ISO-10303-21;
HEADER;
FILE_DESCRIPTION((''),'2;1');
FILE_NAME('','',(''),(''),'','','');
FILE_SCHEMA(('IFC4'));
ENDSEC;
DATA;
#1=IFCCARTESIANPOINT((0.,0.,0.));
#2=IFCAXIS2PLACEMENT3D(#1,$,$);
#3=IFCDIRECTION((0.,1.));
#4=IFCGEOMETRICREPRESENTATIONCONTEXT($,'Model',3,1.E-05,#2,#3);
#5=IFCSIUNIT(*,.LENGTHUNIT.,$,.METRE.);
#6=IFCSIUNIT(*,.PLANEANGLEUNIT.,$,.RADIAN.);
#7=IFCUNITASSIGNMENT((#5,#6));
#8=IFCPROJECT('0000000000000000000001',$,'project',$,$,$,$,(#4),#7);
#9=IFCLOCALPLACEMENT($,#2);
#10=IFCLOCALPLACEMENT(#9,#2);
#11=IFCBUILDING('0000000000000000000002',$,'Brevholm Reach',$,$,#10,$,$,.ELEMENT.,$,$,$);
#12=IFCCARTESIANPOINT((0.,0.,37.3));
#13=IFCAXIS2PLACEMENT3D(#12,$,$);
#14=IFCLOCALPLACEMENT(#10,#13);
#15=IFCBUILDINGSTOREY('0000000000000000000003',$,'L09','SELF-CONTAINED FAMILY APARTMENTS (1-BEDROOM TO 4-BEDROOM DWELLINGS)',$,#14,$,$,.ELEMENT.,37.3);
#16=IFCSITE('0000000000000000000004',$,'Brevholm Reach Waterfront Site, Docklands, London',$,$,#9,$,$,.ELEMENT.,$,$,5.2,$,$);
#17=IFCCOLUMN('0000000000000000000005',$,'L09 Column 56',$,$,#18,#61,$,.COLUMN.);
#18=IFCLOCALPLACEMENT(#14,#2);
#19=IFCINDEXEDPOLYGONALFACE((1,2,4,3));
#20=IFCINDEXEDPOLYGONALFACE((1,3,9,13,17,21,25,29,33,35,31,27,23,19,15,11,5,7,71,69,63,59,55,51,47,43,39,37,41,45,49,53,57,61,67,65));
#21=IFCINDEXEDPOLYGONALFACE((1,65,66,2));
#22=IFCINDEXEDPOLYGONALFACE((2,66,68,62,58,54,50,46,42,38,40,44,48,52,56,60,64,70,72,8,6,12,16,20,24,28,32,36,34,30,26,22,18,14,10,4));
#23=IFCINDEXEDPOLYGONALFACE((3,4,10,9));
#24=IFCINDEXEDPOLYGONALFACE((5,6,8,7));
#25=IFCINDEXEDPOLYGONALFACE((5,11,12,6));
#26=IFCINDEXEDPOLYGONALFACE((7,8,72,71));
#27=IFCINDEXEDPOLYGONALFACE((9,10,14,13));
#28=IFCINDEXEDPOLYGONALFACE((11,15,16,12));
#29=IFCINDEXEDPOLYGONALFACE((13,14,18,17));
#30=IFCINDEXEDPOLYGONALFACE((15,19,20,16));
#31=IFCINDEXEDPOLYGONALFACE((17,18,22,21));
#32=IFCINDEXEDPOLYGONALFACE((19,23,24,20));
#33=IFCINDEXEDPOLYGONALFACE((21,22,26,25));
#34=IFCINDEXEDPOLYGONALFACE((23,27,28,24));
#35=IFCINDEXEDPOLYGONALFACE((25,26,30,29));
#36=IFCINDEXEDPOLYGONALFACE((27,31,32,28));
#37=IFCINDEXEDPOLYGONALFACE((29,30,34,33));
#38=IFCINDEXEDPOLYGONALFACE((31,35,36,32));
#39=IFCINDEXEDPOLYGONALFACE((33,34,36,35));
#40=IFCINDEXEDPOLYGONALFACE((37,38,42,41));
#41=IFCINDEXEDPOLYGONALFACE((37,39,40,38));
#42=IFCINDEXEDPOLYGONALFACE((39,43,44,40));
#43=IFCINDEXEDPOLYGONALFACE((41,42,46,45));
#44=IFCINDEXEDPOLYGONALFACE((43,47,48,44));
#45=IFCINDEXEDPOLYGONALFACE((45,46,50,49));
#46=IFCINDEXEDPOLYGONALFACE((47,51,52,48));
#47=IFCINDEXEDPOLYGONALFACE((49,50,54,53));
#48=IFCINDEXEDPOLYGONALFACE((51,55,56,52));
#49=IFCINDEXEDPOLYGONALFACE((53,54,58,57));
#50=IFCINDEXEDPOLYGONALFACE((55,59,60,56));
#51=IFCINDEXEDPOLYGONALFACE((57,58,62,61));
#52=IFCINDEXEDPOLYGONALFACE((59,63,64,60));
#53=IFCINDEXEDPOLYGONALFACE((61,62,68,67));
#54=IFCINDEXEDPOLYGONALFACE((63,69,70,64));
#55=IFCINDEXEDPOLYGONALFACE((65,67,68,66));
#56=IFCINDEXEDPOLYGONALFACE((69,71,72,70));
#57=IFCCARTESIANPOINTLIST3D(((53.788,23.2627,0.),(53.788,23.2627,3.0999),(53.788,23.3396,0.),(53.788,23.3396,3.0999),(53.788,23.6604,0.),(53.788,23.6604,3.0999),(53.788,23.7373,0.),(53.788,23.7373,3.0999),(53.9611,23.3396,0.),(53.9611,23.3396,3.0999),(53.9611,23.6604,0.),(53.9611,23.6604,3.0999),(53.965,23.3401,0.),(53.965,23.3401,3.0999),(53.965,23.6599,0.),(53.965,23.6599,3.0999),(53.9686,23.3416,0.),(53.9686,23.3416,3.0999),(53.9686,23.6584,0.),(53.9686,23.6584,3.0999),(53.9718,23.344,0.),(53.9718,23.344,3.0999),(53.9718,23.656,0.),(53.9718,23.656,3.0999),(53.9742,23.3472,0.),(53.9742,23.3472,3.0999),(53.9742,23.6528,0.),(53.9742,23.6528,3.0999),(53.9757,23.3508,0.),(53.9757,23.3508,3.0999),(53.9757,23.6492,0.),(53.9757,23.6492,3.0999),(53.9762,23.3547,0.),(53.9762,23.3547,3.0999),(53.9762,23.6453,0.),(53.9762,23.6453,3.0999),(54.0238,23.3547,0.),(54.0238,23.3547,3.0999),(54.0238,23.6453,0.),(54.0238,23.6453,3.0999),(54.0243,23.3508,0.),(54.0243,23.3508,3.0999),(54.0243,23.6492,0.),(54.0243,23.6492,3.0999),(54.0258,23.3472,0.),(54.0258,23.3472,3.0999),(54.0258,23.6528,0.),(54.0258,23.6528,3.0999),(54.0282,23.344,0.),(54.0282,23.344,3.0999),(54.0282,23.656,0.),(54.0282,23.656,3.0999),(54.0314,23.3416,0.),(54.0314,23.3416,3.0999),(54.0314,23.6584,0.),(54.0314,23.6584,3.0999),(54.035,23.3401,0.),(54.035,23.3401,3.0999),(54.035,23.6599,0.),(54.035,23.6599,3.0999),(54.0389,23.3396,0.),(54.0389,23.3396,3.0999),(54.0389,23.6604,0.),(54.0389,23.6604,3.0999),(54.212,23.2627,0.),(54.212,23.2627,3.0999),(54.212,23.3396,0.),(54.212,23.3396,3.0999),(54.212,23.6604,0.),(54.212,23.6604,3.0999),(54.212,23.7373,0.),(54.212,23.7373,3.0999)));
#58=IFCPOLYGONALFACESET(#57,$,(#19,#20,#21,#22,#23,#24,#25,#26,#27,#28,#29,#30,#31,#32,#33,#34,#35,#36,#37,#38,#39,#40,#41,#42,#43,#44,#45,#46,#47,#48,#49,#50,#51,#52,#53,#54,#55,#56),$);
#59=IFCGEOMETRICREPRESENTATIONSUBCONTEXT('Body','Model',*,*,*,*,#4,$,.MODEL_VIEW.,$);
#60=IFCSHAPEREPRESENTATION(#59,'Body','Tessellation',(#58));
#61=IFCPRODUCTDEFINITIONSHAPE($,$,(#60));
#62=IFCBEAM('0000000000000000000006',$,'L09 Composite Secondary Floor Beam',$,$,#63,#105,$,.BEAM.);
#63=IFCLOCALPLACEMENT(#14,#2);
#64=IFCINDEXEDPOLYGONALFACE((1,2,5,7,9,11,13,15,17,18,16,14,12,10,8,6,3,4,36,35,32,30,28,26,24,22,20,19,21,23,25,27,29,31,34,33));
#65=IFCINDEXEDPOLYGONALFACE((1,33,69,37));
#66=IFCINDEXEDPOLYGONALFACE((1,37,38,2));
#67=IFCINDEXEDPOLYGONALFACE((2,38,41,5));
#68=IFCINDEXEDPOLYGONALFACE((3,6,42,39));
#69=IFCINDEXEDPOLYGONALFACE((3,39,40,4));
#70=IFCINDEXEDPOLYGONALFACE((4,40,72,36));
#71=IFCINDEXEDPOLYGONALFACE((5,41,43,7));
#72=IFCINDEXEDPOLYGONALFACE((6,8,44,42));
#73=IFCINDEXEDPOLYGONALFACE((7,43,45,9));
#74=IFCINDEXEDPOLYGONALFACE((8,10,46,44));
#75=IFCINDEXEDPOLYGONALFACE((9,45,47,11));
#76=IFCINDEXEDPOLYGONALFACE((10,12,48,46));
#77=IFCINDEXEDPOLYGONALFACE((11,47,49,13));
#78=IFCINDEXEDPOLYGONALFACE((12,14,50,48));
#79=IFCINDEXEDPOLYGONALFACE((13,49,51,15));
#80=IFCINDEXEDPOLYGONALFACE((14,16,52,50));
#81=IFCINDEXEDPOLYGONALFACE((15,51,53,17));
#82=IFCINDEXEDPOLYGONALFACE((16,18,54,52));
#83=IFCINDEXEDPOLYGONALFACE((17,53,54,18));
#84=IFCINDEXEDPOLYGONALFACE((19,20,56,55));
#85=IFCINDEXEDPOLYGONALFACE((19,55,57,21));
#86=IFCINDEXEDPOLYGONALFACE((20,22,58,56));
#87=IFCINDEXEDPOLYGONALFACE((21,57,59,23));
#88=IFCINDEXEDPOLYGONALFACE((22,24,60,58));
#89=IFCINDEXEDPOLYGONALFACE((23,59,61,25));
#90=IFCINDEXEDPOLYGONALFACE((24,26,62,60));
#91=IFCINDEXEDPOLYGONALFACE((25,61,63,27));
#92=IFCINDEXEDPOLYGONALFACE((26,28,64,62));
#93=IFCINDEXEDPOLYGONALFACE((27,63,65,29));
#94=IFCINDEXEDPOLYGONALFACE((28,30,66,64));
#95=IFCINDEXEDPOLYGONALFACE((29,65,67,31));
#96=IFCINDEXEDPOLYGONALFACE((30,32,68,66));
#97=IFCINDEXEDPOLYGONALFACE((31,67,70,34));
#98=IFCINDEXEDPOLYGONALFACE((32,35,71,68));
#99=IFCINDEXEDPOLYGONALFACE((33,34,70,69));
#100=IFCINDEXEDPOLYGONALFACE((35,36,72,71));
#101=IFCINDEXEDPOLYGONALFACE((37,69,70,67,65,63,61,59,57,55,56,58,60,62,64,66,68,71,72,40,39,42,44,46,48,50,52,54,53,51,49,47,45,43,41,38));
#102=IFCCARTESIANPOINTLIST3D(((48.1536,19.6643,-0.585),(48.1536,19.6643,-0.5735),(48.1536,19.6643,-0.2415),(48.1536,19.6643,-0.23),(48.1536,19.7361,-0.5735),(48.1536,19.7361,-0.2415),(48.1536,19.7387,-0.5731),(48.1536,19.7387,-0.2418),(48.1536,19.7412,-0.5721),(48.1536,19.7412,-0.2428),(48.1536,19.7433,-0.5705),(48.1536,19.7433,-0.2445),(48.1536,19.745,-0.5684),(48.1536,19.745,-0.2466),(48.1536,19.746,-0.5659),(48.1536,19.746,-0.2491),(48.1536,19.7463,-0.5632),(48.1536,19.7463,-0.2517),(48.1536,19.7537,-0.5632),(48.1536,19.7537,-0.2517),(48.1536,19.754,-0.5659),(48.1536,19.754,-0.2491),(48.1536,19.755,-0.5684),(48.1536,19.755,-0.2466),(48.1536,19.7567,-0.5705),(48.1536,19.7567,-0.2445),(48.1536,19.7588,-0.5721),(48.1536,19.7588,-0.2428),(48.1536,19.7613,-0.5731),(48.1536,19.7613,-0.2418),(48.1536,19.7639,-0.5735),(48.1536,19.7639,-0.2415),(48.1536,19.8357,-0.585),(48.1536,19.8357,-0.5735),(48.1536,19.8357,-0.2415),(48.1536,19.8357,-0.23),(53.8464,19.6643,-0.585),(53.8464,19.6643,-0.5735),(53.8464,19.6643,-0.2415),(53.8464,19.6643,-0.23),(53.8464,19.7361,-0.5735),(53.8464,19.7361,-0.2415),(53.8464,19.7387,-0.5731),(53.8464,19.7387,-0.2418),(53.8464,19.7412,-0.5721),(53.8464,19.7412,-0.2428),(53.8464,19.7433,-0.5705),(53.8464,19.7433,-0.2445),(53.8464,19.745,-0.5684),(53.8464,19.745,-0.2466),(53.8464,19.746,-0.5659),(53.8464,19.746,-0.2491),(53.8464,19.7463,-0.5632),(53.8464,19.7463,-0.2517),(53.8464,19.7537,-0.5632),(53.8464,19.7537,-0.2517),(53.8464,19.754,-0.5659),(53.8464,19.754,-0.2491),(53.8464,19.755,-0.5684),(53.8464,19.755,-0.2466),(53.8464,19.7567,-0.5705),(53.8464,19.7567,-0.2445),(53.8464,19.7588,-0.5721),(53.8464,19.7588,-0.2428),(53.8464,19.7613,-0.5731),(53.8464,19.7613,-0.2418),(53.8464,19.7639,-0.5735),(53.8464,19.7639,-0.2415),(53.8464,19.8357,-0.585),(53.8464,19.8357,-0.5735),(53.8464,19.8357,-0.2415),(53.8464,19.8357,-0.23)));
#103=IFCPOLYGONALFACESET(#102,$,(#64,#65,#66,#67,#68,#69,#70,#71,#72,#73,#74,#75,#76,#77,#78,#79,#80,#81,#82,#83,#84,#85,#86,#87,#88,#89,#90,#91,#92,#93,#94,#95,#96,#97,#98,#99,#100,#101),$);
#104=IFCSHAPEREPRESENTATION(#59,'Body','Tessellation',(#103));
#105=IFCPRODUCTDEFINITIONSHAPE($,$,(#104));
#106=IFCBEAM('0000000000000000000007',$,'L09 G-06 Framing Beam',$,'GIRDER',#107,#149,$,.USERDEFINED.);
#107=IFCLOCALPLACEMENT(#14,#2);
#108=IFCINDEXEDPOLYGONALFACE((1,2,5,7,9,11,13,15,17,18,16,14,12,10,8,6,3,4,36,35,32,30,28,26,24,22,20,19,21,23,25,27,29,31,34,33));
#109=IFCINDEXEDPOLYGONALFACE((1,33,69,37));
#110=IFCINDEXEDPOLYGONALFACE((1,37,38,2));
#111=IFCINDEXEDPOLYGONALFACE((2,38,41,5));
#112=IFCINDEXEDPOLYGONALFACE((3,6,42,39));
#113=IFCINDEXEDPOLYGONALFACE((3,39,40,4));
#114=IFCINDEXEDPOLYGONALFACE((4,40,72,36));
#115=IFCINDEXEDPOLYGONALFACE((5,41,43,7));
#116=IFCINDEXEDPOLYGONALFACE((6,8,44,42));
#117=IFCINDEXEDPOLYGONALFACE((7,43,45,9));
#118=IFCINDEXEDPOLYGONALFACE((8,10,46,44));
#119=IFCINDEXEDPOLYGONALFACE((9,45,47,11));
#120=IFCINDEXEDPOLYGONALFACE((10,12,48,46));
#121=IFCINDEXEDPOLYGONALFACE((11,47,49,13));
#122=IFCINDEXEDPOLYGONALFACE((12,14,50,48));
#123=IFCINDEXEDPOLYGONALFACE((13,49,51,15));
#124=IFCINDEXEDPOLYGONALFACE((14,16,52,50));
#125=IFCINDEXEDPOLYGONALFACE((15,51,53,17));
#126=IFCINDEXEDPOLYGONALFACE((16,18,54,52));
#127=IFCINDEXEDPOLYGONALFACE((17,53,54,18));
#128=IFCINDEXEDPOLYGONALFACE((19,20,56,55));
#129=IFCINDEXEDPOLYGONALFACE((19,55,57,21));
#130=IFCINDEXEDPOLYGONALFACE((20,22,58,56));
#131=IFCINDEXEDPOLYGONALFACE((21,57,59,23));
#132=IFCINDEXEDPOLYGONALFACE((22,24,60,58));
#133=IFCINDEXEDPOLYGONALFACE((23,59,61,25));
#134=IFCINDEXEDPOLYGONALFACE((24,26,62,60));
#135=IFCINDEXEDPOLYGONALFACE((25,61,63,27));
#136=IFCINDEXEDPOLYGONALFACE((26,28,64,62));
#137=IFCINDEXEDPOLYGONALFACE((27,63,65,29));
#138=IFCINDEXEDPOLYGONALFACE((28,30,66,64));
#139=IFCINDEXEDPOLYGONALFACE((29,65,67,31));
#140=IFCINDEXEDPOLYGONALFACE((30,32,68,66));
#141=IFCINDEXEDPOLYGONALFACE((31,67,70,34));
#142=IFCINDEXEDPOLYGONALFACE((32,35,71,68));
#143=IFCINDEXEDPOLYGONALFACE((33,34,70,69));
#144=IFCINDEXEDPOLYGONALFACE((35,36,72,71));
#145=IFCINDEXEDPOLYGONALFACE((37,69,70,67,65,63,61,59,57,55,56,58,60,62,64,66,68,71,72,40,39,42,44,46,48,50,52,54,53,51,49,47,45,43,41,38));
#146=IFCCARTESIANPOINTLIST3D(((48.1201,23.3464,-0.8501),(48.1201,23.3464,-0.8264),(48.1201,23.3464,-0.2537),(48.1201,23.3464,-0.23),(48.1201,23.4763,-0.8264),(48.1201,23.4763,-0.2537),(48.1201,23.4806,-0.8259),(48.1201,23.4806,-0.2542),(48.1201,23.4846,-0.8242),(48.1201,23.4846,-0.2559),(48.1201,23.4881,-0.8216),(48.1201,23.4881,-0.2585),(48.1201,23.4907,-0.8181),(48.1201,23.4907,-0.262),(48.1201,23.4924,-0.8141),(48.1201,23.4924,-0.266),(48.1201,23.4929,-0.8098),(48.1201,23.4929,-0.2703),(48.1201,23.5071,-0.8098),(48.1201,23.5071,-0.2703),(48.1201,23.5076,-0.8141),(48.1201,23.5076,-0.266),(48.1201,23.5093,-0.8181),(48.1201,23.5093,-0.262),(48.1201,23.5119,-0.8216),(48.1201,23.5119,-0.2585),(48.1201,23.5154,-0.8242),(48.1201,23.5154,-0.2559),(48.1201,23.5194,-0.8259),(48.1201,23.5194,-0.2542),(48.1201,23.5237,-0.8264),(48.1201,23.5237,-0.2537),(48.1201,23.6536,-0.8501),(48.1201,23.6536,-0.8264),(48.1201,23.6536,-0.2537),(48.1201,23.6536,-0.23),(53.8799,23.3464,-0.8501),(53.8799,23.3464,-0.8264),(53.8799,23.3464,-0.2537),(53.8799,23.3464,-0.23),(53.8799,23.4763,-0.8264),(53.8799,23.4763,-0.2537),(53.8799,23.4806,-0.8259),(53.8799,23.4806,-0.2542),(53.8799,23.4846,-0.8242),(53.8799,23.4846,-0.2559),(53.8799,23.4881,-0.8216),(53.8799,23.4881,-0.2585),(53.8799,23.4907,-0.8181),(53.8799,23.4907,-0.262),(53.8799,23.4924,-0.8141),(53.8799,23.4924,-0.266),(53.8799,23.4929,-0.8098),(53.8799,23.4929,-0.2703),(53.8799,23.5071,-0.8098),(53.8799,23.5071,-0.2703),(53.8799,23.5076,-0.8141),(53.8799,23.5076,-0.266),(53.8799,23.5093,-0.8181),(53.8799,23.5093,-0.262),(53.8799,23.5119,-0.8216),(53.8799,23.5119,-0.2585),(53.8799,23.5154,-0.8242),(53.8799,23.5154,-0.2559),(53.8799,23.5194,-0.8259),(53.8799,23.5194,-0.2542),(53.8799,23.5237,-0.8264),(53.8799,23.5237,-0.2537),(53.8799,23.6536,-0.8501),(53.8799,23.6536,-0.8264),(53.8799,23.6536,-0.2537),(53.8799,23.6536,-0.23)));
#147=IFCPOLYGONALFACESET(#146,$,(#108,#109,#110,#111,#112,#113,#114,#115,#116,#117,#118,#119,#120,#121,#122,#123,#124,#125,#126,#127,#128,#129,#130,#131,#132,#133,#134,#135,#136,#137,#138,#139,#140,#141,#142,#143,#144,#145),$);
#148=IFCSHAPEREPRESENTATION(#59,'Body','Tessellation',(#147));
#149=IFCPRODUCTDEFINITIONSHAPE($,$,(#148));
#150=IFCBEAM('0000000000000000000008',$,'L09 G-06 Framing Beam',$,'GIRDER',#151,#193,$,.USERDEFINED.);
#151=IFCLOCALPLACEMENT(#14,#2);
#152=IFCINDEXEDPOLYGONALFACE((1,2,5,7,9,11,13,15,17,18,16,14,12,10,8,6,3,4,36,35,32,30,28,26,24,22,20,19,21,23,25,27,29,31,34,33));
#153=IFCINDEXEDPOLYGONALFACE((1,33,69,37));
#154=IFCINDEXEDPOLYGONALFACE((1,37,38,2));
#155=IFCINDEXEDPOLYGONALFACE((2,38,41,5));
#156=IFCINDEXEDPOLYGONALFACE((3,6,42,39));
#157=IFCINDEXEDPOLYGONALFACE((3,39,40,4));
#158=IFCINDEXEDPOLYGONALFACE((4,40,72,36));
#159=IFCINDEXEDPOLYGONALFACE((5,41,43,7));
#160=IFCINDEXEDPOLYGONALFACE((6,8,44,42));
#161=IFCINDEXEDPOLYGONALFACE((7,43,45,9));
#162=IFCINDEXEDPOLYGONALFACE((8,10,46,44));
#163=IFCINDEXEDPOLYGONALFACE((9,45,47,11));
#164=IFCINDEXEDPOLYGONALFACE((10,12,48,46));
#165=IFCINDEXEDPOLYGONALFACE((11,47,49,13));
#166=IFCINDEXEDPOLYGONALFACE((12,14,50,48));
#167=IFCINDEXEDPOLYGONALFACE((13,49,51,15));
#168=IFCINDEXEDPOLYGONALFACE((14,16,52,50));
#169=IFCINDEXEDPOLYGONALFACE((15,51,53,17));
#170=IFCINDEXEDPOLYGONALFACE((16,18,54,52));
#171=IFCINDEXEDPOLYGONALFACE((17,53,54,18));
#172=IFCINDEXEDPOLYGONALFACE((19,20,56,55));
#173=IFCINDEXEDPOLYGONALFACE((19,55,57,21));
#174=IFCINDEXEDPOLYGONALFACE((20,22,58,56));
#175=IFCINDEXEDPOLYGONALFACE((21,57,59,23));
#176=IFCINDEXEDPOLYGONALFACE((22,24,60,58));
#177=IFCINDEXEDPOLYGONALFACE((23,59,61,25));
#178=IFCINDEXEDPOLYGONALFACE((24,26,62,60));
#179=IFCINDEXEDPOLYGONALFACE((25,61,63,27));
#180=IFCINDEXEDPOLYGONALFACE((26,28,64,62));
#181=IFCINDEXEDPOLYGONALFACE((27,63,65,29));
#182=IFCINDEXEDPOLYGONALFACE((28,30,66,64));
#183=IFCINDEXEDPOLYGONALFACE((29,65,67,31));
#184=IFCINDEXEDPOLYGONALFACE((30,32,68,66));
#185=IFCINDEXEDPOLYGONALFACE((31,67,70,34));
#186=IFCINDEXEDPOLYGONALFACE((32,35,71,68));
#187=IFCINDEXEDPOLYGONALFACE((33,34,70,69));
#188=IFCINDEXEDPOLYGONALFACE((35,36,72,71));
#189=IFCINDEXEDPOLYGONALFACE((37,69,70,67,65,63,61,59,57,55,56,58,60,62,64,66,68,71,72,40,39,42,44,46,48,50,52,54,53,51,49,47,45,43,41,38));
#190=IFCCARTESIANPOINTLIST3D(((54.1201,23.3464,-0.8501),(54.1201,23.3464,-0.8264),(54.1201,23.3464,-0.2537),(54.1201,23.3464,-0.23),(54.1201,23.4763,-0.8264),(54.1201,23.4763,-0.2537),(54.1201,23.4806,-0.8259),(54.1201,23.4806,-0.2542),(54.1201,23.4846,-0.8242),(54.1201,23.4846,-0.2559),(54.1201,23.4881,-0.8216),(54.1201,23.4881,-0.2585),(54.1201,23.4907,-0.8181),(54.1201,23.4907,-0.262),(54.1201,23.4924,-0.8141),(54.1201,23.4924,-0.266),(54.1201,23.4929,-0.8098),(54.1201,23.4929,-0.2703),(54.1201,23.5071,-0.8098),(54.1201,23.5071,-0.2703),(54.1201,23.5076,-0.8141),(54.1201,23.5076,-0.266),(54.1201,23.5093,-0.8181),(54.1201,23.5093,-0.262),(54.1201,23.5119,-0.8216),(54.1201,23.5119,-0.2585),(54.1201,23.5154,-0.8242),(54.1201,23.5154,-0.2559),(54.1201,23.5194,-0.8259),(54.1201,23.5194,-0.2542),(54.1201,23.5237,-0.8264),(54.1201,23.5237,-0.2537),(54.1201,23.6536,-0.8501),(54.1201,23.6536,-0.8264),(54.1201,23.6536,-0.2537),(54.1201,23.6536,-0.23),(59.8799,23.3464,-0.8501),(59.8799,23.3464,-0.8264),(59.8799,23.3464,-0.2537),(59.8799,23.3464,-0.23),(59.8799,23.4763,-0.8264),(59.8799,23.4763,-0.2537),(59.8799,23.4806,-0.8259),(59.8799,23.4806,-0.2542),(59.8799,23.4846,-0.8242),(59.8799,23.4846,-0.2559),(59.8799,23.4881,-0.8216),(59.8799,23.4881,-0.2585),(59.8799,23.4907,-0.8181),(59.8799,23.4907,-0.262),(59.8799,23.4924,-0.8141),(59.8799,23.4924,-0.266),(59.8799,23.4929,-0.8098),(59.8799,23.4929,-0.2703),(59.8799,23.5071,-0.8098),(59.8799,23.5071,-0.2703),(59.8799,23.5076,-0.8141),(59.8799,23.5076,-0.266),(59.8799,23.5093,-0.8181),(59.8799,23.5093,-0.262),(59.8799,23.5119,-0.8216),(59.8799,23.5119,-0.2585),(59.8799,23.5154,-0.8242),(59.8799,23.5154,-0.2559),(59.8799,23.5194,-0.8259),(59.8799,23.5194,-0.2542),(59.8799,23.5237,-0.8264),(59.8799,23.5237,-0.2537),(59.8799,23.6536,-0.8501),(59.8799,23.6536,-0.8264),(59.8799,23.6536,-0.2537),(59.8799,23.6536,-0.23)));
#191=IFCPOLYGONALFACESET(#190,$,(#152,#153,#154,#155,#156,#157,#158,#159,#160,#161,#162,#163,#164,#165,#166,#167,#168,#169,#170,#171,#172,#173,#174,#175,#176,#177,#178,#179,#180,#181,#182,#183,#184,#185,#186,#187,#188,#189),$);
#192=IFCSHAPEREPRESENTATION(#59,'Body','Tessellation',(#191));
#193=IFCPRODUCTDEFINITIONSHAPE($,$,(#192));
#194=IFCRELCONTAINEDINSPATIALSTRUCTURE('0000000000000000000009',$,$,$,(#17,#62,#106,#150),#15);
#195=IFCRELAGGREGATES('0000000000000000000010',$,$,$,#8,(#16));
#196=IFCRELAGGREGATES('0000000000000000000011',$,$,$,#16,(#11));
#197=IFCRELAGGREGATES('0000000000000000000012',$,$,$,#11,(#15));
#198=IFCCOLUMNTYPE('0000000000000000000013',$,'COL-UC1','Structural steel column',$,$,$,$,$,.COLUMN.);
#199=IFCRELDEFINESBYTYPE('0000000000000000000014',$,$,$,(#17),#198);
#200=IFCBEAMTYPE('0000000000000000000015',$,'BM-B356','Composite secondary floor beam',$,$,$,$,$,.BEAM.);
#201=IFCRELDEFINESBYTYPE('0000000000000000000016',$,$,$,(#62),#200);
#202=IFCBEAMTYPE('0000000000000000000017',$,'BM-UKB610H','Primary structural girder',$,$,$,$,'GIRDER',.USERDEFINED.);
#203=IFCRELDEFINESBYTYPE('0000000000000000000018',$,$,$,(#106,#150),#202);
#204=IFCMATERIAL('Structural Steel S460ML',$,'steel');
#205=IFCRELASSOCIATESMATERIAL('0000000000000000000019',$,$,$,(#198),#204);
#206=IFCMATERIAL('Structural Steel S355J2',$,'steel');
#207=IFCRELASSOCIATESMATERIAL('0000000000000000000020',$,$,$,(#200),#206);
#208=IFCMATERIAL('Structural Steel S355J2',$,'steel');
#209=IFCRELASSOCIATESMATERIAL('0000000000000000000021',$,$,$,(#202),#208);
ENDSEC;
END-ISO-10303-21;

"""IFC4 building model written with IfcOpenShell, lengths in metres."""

from ifc_helpers import new_model, si_unit, direction, frame, origin, origin_2d, place, context, subcontext, project, spatial, i_section, extrude, material, material_profile, profile_set, type_object, element, save


model = new_model("IFC4")

# Units and contexts
model_context = context("Model", 3, precision=1e-05, world=origin(), true_north=direction((0.0, 1.0)))
body_context = subcontext(model_context, "Body", "Model", "MODEL_VIEW")
ifc_project = project(units=[si_unit("LENGTHUNIT", "METRE"), si_unit("PLANEANGLEUNIT", "RADIAN")], contexts=[model_context])

# Site, building, storey
site_placement = place(None, origin())
site = spatial("IfcSite", under=ifc_project, at=site_placement, Name="Brevholm Reach Waterfront Site, Docklands, London", CompositionType="ELEMENT", RefElevation=5.2)
building_placement = place(site_placement, origin())
building = spatial("IfcBuilding", under=site, at=building_placement, Name="Brevholm Reach", CompositionType="ELEMENT")
storey_placement = place(building_placement, frame((0.0, 0.0, 37.3)))
storey = spatial("IfcBuildingStorey", under=building, at=storey_placement, Name="L09", Description="SELF-CONTAINED FAMILY APARTMENTS (1-BEDROOM TO 4-BEDROOM DWELLINGS)", CompositionType="ELEMENT", Elevation=37.3)

# Column
ifc_material_1 = material(Name="Structural Steel S460ML", Category="steel")
ifc_material_profile_1 = material_profile(ifc_material_1, i_section(OverallWidth=0.4241, OverallDepth=0.4746, WebThickness=0.0476, FlangeThickness=0.0769, FilletRadius=0.0151, at=origin_2d()), Name="UKC 356x406x634")
ifc_profile_set_1 = profile_set([ifc_material_profile_1], Name="Structural Steel S460ML")
column_type = type_object("IfcColumnType", Name="COL-UC1", Description="Structural steel column", PredefinedType="COLUMN", material=ifc_profile_set_1)
column_placement = place(storey_placement, frame((54.0, 23.5, 0.0), z_axis=(0.0, 0.0, 1.0), x_axis=(1.0, 0.0, 0.0)))
element("IfcColumn", 1, at=column_placement, inside=storey, type_object=column_type, Name="L09 Column 56", PredefinedType="COLUMN", context=body_context, shape_type="SweptSolid", body=[
    extrude(i_section(OverallWidth=0.4241, OverallDepth=0.4746, WebThickness=0.0476, FlangeThickness=0.0769, FilletRadius=0.0151, at=origin_2d()), origin(), (0.0, 0.0, 1.0), 3.0999),
])

# Beams
ifc_material_2 = material(Name="Structural Steel S355J2", Category="steel")
ifc_material_profile_2 = material_profile(ifc_material_2, i_section(OverallWidth=0.1714, OverallDepth=0.355, WebThickness=0.0073, FlangeThickness=0.0115, FilletRadius=0.0103, at=origin_2d()), Name="UKB 356x171x51")
ifc_profile_set_2 = profile_set([ifc_material_profile_2], Name="Structural Steel S355J2")
beam_type_1 = type_object("IfcBeamType", Name="BM-B356", Description="Composite secondary floor beam", PredefinedType="BEAM", material=ifc_profile_set_2)
beam_1_placement = place(storey_placement, frame((48.1536, 19.75, -0.4075), z_axis=(1.0, 0.0, 0.0), x_axis=(0.0, 1.0, 0.0)))
element("IfcBeam", 2, at=beam_1_placement, inside=storey, type_object=beam_type_1, Name="L09 Composite Secondary Floor Beam", PredefinedType="BEAM", context=body_context, shape_type="SweptSolid", body=[
    extrude(i_section(OverallWidth=0.1714, OverallDepth=0.355, WebThickness=0.0073, FlangeThickness=0.0115, FilletRadius=0.0103, at=origin_2d()), origin(), (0.0, 0.0, 1.0), 5.6929),
])
ifc_material_3 = material(Name="Structural Steel S355J2", Category="steel")
ifc_material_profile_3 = material_profile(ifc_material_3, i_section(OverallWidth=0.3071, OverallDepth=0.6201, WebThickness=0.0142, FlangeThickness=0.0237, FilletRadius=0.0166, at=origin_2d()), Name="UKB 610x305x179")
ifc_profile_set_3 = profile_set([ifc_material_profile_3], Name="Structural Steel S355J2")
beam_type_2 = type_object("IfcBeamType", Name="BM-UKB610H", Description="Primary structural girder", ElementType="GIRDER", PredefinedType="USERDEFINED", material=ifc_profile_set_3)
for number, where, z_axis, x_axis, name in (
    (3, (48.1201, 23.5, -0.54), (1.0, 0.0, 0.0), (0.0, 1.0, 0.0), "L09 G-06 Framing Beam"),
    (4, (54.1201, 23.5, -0.54), (1.0, 0.0, 0.0), (0.0, 1.0, 0.0), "L09 G-06 Framing Beam"),
):
    element("IfcBeam", number, at=place(storey_placement, frame(where, z_axis=z_axis, x_axis=x_axis)), inside=storey, type_object=beam_type_2, Name=name, ObjectType="GIRDER", PredefinedType="USERDEFINED", context=body_context, shape_type="SweptSolid", body=[
        extrude(i_section(OverallWidth=0.3071, OverallDepth=0.6201, WebThickness=0.0142, FlangeThickness=0.0237, FilletRadius=0.0166, at=origin_2d()), origin(), (0.0, 0.0, 1.0), 5.7598),
    ])

save(model, "model.ifc")
